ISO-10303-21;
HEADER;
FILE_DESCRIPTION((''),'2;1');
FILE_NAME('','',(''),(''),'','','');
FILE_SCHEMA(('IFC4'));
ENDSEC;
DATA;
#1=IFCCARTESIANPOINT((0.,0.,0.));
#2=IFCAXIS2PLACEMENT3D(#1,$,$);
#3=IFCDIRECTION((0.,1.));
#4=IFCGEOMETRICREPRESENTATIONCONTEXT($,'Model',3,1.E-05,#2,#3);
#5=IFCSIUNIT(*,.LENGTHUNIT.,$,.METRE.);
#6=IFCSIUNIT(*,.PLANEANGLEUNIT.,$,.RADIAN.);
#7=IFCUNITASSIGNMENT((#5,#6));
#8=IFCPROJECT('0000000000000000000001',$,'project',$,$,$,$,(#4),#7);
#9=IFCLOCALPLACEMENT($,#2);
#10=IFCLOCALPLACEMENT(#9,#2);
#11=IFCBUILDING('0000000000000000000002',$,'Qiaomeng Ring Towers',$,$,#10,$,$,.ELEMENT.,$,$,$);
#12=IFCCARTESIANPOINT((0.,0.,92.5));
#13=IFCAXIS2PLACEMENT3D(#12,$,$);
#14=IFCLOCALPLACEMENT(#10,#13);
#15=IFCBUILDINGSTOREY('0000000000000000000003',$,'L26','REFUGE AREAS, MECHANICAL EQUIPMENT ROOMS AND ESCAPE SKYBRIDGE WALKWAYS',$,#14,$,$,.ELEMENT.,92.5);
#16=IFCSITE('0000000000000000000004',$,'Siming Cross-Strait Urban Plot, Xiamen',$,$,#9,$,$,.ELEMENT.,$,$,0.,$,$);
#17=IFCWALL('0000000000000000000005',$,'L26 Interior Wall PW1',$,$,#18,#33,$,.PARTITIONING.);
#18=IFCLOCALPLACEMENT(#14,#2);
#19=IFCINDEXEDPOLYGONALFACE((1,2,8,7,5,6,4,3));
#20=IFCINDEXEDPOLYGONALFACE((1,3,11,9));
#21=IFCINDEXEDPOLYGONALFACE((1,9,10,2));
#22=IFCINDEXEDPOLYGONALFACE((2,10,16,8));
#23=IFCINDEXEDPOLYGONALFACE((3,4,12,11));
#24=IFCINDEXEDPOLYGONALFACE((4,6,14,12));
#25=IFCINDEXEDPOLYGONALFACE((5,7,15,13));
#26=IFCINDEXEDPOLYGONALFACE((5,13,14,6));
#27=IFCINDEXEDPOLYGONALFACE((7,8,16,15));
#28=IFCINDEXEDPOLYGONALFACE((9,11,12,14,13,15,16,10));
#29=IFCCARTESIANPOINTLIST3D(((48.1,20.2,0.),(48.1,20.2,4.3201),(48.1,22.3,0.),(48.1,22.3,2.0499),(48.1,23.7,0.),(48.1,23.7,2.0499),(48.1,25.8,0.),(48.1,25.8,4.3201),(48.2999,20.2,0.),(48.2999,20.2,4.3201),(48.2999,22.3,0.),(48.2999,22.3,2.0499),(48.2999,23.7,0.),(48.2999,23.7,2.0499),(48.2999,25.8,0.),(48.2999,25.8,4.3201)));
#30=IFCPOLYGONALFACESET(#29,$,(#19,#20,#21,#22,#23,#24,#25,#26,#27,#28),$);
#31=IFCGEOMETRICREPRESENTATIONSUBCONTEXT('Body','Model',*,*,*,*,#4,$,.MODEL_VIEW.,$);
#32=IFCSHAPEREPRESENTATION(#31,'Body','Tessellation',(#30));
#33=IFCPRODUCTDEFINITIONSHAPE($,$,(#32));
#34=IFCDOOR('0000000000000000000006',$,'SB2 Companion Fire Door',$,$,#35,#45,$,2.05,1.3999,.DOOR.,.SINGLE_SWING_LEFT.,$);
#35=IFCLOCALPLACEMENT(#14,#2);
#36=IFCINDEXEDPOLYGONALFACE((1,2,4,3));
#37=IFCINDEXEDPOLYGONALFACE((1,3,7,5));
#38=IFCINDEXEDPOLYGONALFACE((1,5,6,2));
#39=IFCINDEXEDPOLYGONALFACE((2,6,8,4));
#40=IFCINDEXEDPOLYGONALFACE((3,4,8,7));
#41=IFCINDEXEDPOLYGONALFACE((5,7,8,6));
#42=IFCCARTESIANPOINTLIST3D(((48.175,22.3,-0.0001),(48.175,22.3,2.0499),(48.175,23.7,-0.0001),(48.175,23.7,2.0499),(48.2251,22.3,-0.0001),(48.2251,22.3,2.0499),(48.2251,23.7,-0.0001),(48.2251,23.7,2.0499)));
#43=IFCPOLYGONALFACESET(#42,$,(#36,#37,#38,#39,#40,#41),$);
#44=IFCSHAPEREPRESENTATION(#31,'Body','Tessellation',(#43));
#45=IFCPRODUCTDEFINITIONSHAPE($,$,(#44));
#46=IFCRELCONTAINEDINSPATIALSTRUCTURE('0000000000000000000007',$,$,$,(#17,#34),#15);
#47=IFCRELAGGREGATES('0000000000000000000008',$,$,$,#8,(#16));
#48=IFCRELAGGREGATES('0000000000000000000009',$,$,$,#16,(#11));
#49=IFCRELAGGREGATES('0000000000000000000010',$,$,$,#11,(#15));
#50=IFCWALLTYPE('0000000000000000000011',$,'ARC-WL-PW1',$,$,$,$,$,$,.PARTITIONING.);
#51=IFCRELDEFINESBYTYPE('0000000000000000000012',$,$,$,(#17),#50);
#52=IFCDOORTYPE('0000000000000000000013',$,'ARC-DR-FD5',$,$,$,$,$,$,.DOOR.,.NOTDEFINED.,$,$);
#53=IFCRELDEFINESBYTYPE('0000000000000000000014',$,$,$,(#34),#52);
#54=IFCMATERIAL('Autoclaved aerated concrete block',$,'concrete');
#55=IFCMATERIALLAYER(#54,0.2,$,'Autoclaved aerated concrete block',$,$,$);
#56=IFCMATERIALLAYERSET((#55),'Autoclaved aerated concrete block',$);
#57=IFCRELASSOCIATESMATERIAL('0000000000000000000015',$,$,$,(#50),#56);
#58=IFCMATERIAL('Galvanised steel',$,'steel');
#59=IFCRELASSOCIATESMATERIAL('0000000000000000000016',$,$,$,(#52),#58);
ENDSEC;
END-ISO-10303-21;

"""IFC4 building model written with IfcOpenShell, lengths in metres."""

from ifc_helpers import new_model, si_unit, direction, frame, frame_2d, origin, place, context, subcontext, project, spatial, rectangle, extrude, source, transform, mapped, material, layer, layer_set, type_object, element, fill, save


model = new_model("IFC4")

# Units and contexts
model_context = context("Model", 3, precision=1e-05, world=origin(), true_north=direction((0.0, 1.0)))
body_context = subcontext(model_context, "Body", "Model", "MODEL_VIEW")
ifc_project = project(units=[si_unit("LENGTHUNIT", "METRE"), si_unit("PLANEANGLEUNIT", "RADIAN")], contexts=[model_context])

# Site, building, storey
site_placement = place(None, origin())
site = spatial("IfcSite", under=ifc_project, at=site_placement, Name="Siming Cross-Strait Urban Plot, Xiamen", CompositionType="ELEMENT", RefElevation=0.0)
building_placement = place(site_placement, origin())
building = spatial("IfcBuilding", under=site, at=building_placement, Name="Qiaomeng Ring Towers", CompositionType="ELEMENT")
storey_placement = place(building_placement, frame((0.0, 0.0, 92.5)))
storey = spatial("IfcBuildingStorey", under=building, at=storey_placement, Name="L26", Description="REFUGE AREAS, MECHANICAL EQUIPMENT ROOMS AND ESCAPE SKYBRIDGE WALKWAYS", CompositionType="ELEMENT", Elevation=92.5)

# Wall, opening, door
ifc_material_1 = material(Name="Autoclaved aerated concrete block", Category="concrete")
ifc_layer_1 = layer(ifc_material_1, 0.2, Name="Autoclaved aerated concrete block")
ifc_layer_set_1 = layer_set([ifc_layer_1], Name="Autoclaved aerated concrete block")
wall_type = type_object("IfcWallType", Name="ARC-WL-PW1", PredefinedType="PARTITIONING", material=ifc_layer_set_1)
ifc_material_2 = material(Name="Galvanised steel", Category="steel")
door_type = type_object("IfcDoorType", Name="ARC-DR-FD5", OperationType="NOTDEFINED", PredefinedType="DOOR", material=ifc_material_2)
shared_shape_1 = source(origin(), body_context, "Body", "SweptSolid", [
    extrude(rectangle(XDim=1.3999, YDim=2.05, at=frame_2d((0.7, 1.0249))), frame((0.0, 0.0249, 0.0), z_axis=(0.0, -1.0, 0.0), x_axis=(1.0, 0.0, 0.0)), (0.0, 0.0, 1.0), 0.05),
])
wall_1_placement = place(storey_placement, frame((48.2, 20.2, 0.0), z_axis=(0.0, 0.0, 1.0), x_axis=(0.0, 1.0, 0.0)))
wall_1 = element("IfcWall", 1, at=wall_1_placement, inside=storey, type_object=wall_type, Name="L26 Interior Wall PW1", PredefinedType="PARTITIONING", context=body_context, shape_type="SweptSolid", body=[
    extrude(rectangle(XDim=5.6001, YDim=0.2, at=frame_2d((2.8, 0.0))), origin(), (0.0, 0.0, 1.0), 4.3201),
])
opening_1_placement = place(wall_1_placement, frame((2.1001, 0.0, 0.0)))
opening_1 = element("IfcOpeningElement", 2, at=opening_1_placement, cuts=wall_1, PredefinedType="OPENING", context=body_context, shape_type="SweptSolid", body=[
    extrude(rectangle(XDim=1.3999, YDim=2.05, at=frame_2d((0.7, 1.0249))), frame((0.0, 0.1099, 0.0), z_axis=(0.0, -1.0, 0.0), x_axis=(1.0, 0.0, 0.0)), (0.0, 0.0, 1.0), 0.22),
])
door_1_placement = place(opening_1_placement, origin())
door_1 = element("IfcDoor", 3, at=door_1_placement, inside=storey, type_object=door_type, Name="SB2 Companion Fire Door", OperationType="SINGLE_SWING_LEFT", OverallHeight=2.05, OverallWidth=1.3999, PredefinedType="DOOR", context=body_context, shape_type="MappedRepresentation", body=[
    mapped(shared_shape_1, transform((0.0, 0.0, 0.0), x_axis=(1.0, 0.0, 0.0), y_axis=(0.0, 1.0, 0.0), z_axis=(0.0, 0.0, 1.0), scale=1.0)),
])
fill(opening_1, door_1)

save(model, "model.ifc")
